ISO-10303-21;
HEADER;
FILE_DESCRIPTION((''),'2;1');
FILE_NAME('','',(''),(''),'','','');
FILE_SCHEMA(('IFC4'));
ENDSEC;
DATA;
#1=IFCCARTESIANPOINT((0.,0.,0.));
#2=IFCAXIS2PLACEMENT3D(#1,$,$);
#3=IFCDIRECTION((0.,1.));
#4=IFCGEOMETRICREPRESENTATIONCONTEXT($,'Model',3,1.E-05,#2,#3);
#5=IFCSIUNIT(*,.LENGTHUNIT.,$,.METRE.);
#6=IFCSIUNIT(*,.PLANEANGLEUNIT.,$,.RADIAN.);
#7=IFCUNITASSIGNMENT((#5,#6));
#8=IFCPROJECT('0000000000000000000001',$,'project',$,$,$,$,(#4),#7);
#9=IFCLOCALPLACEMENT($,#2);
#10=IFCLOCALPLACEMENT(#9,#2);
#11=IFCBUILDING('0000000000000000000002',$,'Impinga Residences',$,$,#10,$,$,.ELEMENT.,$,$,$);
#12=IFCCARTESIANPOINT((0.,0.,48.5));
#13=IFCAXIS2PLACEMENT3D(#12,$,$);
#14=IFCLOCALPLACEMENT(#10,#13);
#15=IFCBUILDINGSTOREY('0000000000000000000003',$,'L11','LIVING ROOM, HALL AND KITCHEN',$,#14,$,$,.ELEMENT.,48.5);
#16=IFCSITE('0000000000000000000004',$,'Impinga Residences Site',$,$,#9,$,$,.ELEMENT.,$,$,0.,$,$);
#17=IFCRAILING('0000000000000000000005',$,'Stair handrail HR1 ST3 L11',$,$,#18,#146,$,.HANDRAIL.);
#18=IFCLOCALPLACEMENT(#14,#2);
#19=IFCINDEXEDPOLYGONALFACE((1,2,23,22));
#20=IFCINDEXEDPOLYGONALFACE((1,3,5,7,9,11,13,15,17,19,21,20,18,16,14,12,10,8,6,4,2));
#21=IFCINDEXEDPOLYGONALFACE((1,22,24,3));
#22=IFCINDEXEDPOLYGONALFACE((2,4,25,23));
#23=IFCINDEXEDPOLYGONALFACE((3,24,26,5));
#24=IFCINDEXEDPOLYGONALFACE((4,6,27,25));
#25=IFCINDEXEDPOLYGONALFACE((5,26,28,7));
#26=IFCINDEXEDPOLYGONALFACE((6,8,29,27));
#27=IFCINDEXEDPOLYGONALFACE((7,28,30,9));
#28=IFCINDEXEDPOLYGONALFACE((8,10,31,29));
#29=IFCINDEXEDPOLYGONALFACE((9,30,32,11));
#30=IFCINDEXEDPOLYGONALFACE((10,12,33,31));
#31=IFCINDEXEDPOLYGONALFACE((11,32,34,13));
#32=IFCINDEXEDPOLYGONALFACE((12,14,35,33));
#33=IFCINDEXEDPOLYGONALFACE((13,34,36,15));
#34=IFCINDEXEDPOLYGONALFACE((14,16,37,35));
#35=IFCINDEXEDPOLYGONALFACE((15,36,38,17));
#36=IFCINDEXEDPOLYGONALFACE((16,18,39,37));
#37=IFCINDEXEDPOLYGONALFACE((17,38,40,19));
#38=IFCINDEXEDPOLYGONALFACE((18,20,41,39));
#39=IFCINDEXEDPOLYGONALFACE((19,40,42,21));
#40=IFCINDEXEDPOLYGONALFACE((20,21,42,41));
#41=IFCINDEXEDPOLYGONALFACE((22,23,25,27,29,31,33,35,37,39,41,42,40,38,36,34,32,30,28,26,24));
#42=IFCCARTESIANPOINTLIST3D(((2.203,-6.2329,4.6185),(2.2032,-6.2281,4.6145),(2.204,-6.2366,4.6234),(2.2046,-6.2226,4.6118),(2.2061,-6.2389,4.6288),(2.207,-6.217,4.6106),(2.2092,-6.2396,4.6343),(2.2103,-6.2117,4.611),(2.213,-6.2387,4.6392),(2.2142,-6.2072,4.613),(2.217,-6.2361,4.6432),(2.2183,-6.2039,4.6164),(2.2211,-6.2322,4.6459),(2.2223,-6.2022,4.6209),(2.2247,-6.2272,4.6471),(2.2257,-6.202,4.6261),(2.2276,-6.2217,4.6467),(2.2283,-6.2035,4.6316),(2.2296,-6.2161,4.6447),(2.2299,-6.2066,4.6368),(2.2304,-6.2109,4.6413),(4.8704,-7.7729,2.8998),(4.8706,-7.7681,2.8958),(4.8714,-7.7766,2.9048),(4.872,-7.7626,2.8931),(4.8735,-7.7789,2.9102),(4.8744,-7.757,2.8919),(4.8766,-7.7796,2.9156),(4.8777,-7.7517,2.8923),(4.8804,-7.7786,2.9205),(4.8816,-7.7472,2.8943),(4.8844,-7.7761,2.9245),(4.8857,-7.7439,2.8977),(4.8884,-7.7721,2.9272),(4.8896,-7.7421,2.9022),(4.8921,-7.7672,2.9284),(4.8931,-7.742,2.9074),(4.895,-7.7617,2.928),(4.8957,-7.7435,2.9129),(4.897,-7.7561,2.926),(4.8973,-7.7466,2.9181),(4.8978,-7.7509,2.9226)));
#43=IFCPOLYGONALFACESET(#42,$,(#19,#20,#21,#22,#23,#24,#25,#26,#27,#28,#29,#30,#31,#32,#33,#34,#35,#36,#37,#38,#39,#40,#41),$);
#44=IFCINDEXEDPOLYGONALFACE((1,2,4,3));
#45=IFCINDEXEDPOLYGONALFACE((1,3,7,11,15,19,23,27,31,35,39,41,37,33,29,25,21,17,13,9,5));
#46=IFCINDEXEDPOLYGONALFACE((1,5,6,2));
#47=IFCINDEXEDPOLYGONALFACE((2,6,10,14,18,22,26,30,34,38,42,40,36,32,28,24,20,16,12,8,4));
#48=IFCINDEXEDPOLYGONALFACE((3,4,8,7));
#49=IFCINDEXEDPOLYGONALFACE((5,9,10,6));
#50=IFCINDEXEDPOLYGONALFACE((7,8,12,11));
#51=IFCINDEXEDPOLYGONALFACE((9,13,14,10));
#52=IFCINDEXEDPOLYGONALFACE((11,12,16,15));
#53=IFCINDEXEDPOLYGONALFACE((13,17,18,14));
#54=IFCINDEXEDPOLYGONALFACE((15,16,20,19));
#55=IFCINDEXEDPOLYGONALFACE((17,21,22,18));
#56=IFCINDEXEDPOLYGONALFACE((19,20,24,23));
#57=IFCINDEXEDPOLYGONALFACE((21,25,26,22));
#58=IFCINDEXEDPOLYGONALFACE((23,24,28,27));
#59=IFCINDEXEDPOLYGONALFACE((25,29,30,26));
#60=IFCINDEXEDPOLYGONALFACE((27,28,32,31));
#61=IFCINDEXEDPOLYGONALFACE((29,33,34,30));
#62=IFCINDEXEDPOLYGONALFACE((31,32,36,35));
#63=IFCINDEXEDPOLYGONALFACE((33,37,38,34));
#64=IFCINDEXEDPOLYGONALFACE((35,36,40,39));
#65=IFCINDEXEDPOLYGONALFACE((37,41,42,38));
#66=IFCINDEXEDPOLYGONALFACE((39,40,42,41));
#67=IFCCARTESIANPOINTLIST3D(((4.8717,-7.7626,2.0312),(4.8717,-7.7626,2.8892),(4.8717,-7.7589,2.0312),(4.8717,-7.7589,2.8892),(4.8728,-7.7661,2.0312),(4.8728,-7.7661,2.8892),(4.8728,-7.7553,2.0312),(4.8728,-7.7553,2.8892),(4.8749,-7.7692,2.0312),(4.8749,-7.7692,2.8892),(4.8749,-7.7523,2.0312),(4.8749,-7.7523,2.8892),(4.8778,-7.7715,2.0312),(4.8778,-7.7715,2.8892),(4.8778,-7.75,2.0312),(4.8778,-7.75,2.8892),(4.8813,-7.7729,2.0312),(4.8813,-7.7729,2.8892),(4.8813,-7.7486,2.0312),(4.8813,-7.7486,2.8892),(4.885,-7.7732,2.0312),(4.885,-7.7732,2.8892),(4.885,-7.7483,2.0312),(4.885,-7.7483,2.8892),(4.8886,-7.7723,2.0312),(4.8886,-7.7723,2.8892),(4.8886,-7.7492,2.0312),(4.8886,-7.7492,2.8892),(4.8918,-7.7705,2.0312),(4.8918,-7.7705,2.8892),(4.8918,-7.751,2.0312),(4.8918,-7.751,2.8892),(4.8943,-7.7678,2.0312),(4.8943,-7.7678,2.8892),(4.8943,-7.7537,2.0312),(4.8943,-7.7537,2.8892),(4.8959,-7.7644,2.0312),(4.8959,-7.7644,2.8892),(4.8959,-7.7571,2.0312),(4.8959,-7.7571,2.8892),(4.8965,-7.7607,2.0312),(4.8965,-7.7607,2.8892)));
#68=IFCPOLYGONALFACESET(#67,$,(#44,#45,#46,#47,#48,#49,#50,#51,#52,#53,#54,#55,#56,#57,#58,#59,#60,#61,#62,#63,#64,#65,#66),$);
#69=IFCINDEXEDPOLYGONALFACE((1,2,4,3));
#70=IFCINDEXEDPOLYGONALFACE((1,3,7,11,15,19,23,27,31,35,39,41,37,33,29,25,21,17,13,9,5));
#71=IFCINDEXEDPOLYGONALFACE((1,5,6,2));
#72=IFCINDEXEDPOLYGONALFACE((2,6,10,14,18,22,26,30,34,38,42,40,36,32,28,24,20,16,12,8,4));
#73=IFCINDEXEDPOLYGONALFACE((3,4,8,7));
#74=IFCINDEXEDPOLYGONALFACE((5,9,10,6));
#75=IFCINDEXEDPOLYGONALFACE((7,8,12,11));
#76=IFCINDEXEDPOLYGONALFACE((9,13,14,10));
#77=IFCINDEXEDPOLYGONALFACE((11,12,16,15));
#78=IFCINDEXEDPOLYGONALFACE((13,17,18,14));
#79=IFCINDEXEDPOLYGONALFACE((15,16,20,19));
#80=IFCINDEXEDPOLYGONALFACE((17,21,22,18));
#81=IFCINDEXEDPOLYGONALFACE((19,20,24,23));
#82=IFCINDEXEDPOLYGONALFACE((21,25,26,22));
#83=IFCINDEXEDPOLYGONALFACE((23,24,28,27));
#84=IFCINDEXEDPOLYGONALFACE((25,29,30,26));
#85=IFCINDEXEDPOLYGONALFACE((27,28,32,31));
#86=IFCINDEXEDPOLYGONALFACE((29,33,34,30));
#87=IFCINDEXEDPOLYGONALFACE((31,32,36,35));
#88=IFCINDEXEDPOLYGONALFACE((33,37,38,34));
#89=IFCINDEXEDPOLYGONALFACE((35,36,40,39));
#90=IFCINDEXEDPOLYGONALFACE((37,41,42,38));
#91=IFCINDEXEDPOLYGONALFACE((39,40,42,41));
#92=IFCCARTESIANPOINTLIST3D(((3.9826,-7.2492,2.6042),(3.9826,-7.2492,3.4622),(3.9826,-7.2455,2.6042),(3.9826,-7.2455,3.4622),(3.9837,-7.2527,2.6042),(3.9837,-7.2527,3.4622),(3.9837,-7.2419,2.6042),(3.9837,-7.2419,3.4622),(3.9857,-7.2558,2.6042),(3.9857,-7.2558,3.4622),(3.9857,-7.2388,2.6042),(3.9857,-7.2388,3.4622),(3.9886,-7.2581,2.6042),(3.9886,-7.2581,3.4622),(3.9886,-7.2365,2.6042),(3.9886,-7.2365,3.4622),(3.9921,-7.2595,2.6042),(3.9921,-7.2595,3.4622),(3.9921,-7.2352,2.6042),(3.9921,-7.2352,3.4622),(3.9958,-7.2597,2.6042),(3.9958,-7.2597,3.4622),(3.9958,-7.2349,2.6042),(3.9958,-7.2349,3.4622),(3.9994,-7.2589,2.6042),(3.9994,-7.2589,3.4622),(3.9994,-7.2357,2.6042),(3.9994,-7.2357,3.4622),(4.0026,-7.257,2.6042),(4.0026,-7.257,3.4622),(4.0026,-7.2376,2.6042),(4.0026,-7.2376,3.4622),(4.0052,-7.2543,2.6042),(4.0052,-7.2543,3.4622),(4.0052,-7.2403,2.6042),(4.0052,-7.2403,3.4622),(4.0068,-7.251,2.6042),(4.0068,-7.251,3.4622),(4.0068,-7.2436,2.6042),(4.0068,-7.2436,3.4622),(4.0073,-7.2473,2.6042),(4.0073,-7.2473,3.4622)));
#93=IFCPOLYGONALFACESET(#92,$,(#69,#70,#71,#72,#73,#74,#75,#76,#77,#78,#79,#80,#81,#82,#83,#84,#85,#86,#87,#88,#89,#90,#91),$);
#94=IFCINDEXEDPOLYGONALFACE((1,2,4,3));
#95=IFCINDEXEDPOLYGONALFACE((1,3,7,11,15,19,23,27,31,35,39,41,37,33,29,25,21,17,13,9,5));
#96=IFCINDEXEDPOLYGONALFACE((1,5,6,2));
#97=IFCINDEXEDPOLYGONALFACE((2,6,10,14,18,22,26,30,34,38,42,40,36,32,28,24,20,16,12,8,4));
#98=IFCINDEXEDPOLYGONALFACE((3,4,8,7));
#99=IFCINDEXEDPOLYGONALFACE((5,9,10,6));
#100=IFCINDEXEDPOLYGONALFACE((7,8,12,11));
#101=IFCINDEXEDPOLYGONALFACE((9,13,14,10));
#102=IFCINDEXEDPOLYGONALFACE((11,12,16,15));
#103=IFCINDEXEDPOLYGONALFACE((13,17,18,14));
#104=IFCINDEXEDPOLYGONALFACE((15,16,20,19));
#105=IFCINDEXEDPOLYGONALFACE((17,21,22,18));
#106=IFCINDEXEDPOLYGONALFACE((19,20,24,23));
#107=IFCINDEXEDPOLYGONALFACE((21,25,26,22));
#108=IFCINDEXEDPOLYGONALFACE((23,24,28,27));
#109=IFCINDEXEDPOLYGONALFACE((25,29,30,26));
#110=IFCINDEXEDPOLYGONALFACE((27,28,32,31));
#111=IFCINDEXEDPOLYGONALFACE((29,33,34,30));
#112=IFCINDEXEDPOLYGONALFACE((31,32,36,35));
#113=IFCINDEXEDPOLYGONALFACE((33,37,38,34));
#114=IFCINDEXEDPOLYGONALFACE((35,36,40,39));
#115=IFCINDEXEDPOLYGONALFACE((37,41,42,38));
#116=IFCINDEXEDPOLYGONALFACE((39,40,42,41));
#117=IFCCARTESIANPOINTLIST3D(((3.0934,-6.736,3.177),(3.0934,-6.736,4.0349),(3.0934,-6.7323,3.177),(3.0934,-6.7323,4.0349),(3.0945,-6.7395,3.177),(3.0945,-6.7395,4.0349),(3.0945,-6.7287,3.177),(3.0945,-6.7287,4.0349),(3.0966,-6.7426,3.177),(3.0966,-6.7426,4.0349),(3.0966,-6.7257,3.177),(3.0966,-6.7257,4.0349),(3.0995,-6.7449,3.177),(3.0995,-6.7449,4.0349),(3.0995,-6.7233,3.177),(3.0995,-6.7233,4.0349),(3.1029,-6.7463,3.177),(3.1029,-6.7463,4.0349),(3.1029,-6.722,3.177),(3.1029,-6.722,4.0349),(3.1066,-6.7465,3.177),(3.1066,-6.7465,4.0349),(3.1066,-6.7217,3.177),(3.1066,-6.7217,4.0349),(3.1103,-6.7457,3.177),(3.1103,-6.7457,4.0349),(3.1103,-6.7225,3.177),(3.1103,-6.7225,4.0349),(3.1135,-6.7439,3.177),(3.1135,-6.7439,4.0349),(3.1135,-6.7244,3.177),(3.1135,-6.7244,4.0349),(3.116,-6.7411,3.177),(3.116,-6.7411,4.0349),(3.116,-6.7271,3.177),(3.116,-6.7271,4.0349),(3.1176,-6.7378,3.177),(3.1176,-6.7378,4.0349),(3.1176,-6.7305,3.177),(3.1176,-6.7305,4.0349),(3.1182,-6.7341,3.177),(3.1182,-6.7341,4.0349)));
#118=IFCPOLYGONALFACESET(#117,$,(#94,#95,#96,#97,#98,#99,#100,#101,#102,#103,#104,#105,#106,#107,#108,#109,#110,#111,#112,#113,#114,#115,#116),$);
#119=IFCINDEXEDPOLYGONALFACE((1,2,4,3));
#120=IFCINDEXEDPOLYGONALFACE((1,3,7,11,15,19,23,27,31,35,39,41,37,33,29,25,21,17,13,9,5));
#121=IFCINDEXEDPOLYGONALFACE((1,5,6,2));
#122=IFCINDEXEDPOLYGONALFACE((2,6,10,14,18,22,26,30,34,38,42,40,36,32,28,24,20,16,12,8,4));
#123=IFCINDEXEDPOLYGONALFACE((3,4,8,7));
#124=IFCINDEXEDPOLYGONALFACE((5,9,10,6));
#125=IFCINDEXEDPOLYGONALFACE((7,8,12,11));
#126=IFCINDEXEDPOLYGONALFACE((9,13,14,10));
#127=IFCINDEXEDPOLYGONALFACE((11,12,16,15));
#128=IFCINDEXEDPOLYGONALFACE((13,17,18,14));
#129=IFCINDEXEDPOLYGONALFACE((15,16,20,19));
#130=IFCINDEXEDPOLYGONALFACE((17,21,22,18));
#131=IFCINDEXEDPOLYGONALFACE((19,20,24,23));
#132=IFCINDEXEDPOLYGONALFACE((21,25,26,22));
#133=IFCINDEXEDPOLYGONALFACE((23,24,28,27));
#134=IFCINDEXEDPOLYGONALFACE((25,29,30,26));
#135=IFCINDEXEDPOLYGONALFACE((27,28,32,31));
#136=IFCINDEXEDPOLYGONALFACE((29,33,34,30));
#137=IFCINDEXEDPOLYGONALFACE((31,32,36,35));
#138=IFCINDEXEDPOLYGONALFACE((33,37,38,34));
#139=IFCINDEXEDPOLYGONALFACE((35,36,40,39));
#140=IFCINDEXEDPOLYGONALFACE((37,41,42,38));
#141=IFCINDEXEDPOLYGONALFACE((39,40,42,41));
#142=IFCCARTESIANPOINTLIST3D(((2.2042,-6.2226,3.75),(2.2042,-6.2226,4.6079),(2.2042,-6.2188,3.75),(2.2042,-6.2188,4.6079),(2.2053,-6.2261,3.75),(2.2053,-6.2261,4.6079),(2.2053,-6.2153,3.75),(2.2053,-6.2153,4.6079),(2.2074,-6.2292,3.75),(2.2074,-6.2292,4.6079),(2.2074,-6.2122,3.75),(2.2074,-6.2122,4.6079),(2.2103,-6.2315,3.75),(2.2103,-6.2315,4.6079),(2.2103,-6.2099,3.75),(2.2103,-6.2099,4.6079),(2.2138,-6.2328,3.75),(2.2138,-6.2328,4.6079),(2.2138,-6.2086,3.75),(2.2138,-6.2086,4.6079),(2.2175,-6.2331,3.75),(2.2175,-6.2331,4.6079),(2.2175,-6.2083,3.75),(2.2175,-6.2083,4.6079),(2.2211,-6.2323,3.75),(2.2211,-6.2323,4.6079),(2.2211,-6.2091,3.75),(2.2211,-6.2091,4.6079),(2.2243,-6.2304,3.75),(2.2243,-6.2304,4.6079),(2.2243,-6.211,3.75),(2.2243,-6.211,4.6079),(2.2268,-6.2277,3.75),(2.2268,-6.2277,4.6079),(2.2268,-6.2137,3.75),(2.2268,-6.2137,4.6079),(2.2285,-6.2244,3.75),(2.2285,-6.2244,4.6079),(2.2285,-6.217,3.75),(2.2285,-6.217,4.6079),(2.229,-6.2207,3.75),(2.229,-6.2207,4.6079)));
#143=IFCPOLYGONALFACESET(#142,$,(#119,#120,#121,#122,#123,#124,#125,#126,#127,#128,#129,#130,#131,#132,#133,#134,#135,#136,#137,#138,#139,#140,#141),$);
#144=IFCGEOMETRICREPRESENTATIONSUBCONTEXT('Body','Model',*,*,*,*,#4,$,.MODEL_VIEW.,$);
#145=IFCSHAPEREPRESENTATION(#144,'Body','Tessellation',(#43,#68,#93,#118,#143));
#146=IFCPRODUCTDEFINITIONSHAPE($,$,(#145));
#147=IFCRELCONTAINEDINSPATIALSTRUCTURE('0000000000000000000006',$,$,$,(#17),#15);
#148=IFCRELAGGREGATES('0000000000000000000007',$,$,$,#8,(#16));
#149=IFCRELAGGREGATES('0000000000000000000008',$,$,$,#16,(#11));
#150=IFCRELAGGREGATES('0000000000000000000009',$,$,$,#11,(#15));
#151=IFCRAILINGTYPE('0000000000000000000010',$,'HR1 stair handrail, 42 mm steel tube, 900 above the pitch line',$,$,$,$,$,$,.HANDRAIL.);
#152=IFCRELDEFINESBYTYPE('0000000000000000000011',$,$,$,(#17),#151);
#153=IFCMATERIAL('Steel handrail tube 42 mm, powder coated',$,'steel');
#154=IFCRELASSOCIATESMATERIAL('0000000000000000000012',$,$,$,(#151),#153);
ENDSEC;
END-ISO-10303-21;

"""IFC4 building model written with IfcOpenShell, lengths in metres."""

from ifc_helpers import new_model, si_unit, direction, frame, origin, origin_2d, place, context, subcontext, project, spatial, circle, extrude, material, type_object, element, save


model = new_model("IFC4")

# Units and contexts
model_context = context("Model", 3, precision=1e-05, world=origin(), true_north=direction((0.0, 1.0)))
body_context = subcontext(model_context, "Body", "Model", "MODEL_VIEW")
ifc_project = project(units=[si_unit("LENGTHUNIT", "METRE"), si_unit("PLANEANGLEUNIT", "RADIAN")], contexts=[model_context])

# Site, building, storey
site_placement = place(None, origin())
site = spatial("IfcSite", under=ifc_project, at=site_placement, Name="Impinga Residences Site", CompositionType="ELEMENT", RefElevation=0.0)
building_placement = place(site_placement, origin())
building = spatial("IfcBuilding", under=site, at=building_placement, Name="Impinga Residences", CompositionType="ELEMENT")
storey_placement = place(building_placement, frame((0.0, 0.0, 48.5)))
storey = spatial("IfcBuildingStorey", under=building, at=storey_placement, Name="L11", Description="LIVING ROOM, HALL AND KITCHEN", CompositionType="ELEMENT", Elevation=48.5)

# Railing
ifc_material_1 = material(Name="Steel handrail tube 42 mm, powder coated", Category="steel")
railing_type_1 = type_object("IfcRailingType", Name="HR1 stair handrail, 42 mm steel tube, 900 above the pitch line", PredefinedType="HANDRAIL", material=ifc_material_1)
railing_1_placement = place(storey_placement, frame((4.884, -7.7607, 2.0312)))
element("IfcRailing", 1, at=railing_1_placement, inside=storey, type_object=railing_type_1, Name="Stair handrail HR1 ST3 L11", PredefinedType="HANDRAIL", context=body_context, shape_type="SweptSolid", body=[
    extrude(circle(Radius=0.021, at=origin_2d()), frame((0.0, 0.0, 0.8789), z_axis=(-0.756256, 0.436616, 0.487282), x_axis=(-0.499992, -0.86603, 0.0)), (0.0, 0.0, 1.0), 3.5271),
    extrude(circle(Radius=0.0125, at=origin_2d()), origin(), (0.0, 0.0, 1.0), 0.8579),
    extrude(circle(Radius=0.0125, at=origin_2d()), frame((-0.8892, 0.5134, 0.573)), (0.0, 0.0, 1.0), 0.8579),
    extrude(circle(Radius=0.0125, at=origin_2d()), frame((-1.7783, 1.0266, 1.1458)), (0.0, 0.0, 1.0), 0.8579),
    extrude(circle(Radius=0.0125, at=origin_2d()), frame((-2.6675, 1.54, 1.7188)), (0.0, 0.0, 1.0), 0.8579),
])

save(model, "model.ifc")
